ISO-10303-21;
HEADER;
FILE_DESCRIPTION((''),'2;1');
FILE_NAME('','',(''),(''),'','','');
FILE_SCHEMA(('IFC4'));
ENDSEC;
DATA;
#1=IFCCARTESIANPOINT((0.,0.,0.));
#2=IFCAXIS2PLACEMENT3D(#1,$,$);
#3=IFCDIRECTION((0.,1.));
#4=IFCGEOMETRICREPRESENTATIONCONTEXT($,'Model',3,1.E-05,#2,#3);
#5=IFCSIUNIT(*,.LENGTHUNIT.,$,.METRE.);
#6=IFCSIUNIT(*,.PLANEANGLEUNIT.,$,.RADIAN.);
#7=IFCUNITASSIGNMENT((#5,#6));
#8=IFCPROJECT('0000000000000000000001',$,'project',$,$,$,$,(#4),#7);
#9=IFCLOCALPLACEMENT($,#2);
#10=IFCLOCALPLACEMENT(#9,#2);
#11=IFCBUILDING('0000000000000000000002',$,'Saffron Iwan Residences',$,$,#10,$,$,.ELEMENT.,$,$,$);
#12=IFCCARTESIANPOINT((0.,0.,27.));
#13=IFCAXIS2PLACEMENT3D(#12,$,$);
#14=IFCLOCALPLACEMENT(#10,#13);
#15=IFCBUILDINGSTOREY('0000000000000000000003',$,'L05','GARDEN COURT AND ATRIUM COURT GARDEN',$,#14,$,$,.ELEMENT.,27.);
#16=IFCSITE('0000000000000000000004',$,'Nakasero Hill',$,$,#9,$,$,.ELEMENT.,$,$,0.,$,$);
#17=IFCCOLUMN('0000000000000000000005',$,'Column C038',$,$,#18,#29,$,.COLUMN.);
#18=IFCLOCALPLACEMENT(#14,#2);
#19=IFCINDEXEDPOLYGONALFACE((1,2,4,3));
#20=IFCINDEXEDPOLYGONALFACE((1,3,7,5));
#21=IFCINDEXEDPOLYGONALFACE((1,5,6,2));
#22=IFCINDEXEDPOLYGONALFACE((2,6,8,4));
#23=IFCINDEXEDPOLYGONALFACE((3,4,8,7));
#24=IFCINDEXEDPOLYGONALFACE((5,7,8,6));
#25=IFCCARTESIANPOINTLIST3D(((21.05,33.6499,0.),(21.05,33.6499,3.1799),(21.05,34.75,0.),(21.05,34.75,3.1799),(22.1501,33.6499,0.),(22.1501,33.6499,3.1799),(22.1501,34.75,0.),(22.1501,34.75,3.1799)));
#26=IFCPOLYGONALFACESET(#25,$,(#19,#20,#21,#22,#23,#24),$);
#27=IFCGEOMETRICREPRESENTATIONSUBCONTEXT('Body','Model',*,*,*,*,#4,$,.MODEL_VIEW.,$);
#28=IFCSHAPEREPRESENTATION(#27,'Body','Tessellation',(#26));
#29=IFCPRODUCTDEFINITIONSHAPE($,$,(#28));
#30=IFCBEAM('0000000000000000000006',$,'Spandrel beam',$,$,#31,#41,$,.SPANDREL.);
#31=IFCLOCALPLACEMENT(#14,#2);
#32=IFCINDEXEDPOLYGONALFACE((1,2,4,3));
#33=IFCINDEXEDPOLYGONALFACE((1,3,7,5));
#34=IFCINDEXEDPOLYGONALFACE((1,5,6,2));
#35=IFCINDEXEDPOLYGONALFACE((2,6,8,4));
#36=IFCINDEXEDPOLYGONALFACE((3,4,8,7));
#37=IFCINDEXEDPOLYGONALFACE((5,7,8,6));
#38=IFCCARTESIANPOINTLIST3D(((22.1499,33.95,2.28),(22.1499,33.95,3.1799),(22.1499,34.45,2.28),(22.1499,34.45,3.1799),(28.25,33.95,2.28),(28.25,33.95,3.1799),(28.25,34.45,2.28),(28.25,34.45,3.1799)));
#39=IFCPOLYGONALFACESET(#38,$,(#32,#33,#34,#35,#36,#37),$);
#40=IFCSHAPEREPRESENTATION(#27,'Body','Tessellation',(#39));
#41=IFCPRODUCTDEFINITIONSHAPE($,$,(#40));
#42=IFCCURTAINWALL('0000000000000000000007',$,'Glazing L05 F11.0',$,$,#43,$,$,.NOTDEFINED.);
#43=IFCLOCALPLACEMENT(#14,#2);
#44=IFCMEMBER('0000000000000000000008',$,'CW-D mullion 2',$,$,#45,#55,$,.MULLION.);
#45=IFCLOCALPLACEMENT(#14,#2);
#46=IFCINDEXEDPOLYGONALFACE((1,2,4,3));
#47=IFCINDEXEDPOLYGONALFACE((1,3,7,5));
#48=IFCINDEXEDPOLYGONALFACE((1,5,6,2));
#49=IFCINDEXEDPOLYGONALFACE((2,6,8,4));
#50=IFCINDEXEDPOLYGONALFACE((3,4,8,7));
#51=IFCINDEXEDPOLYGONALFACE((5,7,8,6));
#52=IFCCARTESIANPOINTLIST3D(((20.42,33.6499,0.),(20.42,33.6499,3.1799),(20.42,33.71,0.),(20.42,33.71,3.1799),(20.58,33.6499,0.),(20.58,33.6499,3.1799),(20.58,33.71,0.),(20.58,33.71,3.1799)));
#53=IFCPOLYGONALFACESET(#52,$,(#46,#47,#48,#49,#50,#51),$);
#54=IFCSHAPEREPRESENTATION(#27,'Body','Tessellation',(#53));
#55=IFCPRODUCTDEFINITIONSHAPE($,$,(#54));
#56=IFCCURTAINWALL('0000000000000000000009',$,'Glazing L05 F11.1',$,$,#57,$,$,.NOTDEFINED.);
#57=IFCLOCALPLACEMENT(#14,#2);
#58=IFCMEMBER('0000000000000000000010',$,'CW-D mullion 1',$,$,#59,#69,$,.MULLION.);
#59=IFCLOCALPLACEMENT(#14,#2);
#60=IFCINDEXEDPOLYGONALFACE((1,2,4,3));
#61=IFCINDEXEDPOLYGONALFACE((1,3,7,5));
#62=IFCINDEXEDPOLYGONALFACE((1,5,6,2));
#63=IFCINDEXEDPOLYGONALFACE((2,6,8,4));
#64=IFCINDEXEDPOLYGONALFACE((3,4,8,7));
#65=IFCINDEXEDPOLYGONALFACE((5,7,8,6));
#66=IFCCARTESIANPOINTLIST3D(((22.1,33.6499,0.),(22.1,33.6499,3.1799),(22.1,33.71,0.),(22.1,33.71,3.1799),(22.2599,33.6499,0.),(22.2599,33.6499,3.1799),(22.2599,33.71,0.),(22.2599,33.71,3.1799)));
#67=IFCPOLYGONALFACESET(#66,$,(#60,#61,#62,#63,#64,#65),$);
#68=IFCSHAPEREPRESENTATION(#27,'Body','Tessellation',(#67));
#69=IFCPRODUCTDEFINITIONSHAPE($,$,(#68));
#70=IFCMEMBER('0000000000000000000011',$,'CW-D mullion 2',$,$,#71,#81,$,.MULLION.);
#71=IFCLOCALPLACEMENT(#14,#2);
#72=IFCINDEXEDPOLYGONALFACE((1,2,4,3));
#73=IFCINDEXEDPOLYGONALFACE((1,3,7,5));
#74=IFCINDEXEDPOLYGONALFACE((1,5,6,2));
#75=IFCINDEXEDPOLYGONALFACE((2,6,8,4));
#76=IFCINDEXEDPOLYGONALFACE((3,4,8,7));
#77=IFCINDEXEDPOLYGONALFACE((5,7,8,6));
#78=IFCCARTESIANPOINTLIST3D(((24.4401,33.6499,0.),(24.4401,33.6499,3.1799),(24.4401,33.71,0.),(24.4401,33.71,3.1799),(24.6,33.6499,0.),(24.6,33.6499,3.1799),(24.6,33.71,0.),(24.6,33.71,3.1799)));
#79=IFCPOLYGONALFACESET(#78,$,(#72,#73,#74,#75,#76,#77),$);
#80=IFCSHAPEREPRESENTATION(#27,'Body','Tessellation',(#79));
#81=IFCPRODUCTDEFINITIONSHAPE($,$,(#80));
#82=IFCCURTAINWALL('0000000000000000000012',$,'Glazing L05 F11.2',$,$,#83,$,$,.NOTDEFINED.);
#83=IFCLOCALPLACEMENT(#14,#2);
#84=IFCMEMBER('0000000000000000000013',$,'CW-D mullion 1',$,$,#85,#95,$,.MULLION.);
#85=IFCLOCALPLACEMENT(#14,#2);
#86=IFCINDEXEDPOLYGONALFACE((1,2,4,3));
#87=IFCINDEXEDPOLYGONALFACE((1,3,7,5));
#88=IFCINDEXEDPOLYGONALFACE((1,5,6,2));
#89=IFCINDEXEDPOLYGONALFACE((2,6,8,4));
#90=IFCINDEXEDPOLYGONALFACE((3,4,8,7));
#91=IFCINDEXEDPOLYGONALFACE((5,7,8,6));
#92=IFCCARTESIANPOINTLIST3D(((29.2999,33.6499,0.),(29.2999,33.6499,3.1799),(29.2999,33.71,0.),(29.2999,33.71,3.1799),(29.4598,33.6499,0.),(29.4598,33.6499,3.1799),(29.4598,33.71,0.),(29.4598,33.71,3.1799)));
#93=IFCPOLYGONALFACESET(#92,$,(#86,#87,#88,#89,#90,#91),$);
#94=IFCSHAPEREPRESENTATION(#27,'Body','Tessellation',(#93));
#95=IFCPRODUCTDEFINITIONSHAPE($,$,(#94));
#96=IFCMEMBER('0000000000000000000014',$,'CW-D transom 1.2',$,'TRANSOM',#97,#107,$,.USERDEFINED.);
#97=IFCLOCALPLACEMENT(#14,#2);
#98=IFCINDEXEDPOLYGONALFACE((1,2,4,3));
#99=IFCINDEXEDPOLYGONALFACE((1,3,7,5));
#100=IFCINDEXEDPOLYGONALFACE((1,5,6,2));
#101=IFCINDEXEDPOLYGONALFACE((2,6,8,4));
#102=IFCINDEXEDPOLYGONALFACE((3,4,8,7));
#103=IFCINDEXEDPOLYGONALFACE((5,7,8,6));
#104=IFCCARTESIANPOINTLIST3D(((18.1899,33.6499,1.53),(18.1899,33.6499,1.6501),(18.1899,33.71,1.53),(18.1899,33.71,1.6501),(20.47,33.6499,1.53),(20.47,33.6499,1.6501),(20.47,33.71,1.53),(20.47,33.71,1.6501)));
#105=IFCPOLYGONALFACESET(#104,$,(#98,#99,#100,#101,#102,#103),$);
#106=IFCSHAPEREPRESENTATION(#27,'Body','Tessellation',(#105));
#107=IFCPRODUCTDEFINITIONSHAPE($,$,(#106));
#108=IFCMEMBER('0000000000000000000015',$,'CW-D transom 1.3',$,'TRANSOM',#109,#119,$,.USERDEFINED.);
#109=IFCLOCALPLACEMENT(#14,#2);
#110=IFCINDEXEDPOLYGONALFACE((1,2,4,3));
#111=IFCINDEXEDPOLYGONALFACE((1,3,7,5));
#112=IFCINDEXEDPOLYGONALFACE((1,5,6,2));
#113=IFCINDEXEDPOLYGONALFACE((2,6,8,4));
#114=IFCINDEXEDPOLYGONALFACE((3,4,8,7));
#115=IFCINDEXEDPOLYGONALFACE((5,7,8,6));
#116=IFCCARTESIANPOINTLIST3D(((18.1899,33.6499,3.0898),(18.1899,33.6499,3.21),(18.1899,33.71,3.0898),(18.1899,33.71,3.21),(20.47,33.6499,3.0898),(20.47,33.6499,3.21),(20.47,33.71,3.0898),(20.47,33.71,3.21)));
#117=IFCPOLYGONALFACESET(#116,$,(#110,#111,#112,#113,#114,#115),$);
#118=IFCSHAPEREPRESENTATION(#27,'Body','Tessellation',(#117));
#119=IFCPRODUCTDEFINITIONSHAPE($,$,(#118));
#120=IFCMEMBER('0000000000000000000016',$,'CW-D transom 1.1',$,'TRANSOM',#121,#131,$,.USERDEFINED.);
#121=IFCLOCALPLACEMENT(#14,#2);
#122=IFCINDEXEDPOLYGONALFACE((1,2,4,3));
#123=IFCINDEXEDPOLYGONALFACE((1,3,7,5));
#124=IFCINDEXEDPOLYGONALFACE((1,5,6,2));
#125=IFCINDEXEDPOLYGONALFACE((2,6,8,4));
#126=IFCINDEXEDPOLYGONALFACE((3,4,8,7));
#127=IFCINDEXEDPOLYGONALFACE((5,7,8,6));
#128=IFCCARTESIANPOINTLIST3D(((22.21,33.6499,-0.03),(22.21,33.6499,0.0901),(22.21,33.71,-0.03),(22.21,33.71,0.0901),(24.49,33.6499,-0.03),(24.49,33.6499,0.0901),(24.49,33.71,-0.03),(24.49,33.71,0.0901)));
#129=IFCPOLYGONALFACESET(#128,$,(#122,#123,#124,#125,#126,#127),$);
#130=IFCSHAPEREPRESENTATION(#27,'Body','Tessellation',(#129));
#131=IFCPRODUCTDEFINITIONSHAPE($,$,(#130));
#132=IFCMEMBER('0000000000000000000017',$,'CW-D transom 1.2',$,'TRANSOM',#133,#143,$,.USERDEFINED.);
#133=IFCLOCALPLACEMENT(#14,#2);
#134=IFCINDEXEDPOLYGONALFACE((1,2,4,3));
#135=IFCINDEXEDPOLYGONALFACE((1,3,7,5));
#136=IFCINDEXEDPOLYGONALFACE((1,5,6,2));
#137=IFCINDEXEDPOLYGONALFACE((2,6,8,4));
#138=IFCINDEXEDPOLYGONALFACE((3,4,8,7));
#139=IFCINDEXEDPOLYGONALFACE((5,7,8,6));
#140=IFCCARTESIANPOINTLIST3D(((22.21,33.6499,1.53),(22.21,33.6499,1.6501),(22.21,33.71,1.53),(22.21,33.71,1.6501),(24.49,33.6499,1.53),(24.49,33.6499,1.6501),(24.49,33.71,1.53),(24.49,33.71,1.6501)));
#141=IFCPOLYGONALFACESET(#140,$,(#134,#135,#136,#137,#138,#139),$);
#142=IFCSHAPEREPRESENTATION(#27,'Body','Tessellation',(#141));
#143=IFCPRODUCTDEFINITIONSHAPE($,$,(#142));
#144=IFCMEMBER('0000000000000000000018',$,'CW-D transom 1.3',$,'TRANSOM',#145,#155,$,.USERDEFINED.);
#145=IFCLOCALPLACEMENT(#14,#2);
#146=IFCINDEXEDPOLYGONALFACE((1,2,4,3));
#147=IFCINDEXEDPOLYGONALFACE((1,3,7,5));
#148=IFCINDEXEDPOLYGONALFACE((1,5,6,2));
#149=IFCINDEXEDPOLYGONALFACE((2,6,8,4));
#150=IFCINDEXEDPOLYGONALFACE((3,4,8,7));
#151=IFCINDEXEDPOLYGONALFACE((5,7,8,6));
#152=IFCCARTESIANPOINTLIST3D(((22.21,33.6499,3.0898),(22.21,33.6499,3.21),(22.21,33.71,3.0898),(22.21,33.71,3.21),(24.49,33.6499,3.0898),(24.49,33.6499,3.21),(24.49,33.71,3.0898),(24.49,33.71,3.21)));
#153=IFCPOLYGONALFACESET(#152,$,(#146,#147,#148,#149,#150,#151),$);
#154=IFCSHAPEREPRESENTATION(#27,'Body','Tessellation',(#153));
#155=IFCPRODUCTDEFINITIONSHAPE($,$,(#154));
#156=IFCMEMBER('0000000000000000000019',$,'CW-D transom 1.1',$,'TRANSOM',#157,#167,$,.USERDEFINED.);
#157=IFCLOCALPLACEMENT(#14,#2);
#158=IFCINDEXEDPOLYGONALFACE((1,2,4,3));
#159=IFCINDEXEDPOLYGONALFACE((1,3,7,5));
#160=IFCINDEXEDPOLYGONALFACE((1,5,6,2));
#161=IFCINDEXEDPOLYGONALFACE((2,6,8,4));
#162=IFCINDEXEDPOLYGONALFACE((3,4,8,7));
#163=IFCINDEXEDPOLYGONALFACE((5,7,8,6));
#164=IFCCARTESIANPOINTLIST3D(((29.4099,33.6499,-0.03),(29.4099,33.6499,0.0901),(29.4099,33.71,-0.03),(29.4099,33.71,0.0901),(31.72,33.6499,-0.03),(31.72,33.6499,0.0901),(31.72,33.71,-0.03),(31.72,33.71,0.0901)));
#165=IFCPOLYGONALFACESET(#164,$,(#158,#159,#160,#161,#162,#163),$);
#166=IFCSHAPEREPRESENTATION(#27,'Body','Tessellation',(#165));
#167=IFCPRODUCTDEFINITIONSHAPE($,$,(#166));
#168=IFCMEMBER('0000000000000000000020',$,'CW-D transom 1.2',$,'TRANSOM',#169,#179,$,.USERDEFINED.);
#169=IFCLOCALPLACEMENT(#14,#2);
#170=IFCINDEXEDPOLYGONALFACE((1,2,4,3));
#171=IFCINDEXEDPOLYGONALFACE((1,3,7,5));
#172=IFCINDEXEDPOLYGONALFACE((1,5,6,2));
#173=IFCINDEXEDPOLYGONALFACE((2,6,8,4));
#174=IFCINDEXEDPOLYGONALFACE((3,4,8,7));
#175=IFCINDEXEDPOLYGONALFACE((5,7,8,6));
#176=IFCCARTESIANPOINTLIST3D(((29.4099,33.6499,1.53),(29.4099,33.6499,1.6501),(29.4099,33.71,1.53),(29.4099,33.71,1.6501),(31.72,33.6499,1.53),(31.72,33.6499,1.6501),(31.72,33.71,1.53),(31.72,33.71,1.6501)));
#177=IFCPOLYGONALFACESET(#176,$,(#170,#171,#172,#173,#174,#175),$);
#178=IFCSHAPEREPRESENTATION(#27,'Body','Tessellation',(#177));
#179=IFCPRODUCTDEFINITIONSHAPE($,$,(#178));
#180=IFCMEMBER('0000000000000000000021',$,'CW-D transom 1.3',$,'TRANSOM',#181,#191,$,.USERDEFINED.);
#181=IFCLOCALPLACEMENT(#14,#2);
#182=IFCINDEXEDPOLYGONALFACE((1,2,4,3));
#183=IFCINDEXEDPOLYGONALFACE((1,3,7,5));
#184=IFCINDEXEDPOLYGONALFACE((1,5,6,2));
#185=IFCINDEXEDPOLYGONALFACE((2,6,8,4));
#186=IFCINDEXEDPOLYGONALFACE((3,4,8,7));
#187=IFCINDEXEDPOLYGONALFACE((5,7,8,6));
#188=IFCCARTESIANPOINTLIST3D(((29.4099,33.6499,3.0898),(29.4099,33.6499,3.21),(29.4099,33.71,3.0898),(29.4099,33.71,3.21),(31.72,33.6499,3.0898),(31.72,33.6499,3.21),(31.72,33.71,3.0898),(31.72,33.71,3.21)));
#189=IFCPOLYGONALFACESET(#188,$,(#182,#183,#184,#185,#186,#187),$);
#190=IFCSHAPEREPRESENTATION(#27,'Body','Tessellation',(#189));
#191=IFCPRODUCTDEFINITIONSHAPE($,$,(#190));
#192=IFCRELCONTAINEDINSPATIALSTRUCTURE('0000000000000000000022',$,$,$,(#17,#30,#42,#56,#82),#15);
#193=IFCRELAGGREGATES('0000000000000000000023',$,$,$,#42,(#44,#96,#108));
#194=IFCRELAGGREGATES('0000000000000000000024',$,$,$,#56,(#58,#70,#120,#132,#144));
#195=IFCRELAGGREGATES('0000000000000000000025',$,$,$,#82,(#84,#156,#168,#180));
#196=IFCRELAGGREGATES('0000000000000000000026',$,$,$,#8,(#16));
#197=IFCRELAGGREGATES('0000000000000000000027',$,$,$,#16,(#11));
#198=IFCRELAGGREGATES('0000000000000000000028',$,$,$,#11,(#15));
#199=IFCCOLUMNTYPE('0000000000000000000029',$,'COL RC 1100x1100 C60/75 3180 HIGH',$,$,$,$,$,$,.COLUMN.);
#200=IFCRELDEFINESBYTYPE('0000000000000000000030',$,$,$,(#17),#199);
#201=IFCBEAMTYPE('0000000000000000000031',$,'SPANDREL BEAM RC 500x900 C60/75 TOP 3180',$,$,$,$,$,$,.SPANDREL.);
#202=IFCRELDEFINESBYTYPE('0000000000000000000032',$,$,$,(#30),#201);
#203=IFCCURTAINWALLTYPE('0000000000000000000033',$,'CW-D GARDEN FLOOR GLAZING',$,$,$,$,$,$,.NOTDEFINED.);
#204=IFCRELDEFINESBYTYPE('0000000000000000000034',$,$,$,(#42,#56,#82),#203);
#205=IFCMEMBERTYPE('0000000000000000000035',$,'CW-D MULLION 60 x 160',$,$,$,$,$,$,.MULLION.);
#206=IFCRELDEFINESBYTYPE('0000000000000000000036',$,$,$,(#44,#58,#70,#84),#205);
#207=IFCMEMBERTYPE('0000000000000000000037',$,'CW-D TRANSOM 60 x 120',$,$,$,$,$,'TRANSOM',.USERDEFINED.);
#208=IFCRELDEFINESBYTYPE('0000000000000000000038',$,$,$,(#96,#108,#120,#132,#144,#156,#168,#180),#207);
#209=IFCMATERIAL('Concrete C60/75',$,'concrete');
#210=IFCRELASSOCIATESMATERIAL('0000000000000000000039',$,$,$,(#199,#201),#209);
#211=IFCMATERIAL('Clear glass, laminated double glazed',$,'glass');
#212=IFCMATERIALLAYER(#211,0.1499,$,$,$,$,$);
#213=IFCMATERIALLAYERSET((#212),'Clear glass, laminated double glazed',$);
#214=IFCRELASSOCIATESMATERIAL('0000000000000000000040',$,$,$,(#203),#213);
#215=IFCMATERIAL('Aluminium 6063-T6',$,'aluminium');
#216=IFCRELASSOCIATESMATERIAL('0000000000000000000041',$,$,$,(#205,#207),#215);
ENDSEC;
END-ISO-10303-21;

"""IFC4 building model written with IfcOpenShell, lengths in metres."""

from ifc_helpers import new_model, si_unit, direction, frame, origin, origin_2d, place, context, subcontext, project, spatial, rectangle, extrude, source, transform, mapped, material, layer, layer_set, material_profile, profile_set, type_object, element, aggregate, save


model = new_model("IFC4")

# Units and contexts
model_context = context("Model", 3, precision=1e-05, world=origin(), true_north=direction((0.0, 1.0)))
body_context = subcontext(model_context, "Body", "Model", "MODEL_VIEW")
ifc_project = project(units=[si_unit("LENGTHUNIT", "METRE"), si_unit("PLANEANGLEUNIT", "RADIAN")], contexts=[model_context])

# Site, building, storey
site_placement = place(None, origin())
site = spatial("IfcSite", under=ifc_project, at=site_placement, Name="Nakasero Hill", CompositionType="ELEMENT", RefElevation=0.0)
building_placement = place(site_placement, origin())
building = spatial("IfcBuilding", under=site, at=building_placement, Name="Saffron Iwan Residences", CompositionType="ELEMENT")
storey_placement = place(building_placement, frame((0.0, 0.0, 27.0)))
storey = spatial("IfcBuildingStorey", under=building, at=storey_placement, Name="L05", Description="GARDEN COURT AND ATRIUM COURT GARDEN", CompositionType="ELEMENT", Elevation=27.0)

# Column
ifc_material_1 = material(Name="Concrete C60/75", Category="concrete")
ifc_material_profile_1 = material_profile(ifc_material_1, rectangle(XDim=1.1001, YDim=1.1001, at=origin_2d()), Name="RC 1100x1100")
ifc_profile_set_1 = profile_set([ifc_material_profile_1], Name="Concrete C60/75")
column_type = type_object("IfcColumnType", Name="COL RC 1100x1100 C60/75 3180 HIGH", PredefinedType="COLUMN", material=ifc_profile_set_1)
shared_shape_1 = source(origin(), body_context, "Body", "SweptSolid", [
    extrude(rectangle(XDim=1.1001, YDim=1.1001, at=origin_2d()), origin(), (0.0, 0.0, 1.0), 3.1799),
])
column_placement = place(storey_placement, frame((21.6001, 34.2, 0.0), z_axis=(0.0, 0.0, 1.0), x_axis=(1.0, 0.0, 0.0)))
element("IfcColumn", 1, at=column_placement, inside=storey, type_object=column_type, Name="Column C038", PredefinedType="COLUMN", context=body_context, shape_type="MappedRepresentation", body=[
    mapped(shared_shape_1, transform((0.0, 0.0, 0.0))),
])

# Beam
ifc_material_profile_2 = material_profile(ifc_material_1, rectangle(XDim=0.5, YDim=0.8999, at=origin_2d()), Name="RC 500x900")
ifc_profile_set_2 = profile_set([ifc_material_profile_2], Name="Concrete C60/75")
beam_type = type_object("IfcBeamType", Name="SPANDREL BEAM RC 500x900 C60/75 TOP 3180", PredefinedType="SPANDREL", material=ifc_profile_set_2)
shared_shape_2 = source(origin(), body_context, "Body", "SweptSolid", [
    extrude(rectangle(XDim=0.5, YDim=0.8999, at=origin_2d()), origin(), (0.0, 0.0, 1.0), 6.1001),
])
beam_placement = place(storey_placement, frame((28.25, 34.2, 2.73), z_axis=(-1.0, 0.0, 0.0), x_axis=(0.0, -1.0, 0.0)))
element("IfcBeam", 2, at=beam_placement, inside=storey, type_object=beam_type, Name="Spandrel beam", PredefinedType="SPANDREL", context=body_context, shape_type="MappedRepresentation", body=[
    mapped(shared_shape_2, transform((0.0, 0.0, 0.0))),
])

# Curtain wall, member
ifc_material_2 = material(Name="Clear glass, laminated double glazed", Category="glass")
ifc_layer_1 = layer(ifc_material_2, 0.1499)
ifc_layer_set_1 = layer_set([ifc_layer_1], Name="Clear glass, laminated double glazed")
curtain_wall_type = type_object("IfcCurtainWallType", Name="CW-D GARDEN FLOOR GLAZING", PredefinedType="NOTDEFINED", material=ifc_layer_set_1)
curtain_wall_1_placement = place(storey_placement, origin())
curtain_wall_1 = element("IfcCurtainWall", 3, at=curtain_wall_1_placement, inside=storey, type_object=curtain_wall_type, Name="Glazing L05 F11.0", PredefinedType="NOTDEFINED")
ifc_material_3 = material(Name="Aluminium 6063-T6", Category="aluminium")
ifc_material_profile_3 = material_profile(ifc_material_3, rectangle(XDim=0.0601, YDim=0.1599, at=origin_2d()), Name="CW-D MULLION 60 x 160")
ifc_profile_set_3 = profile_set([ifc_material_profile_3], Name="Aluminium 6063-T6")
member_type_1 = type_object("IfcMemberType", Name="CW-D MULLION 60 x 160", PredefinedType="MULLION", material=ifc_profile_set_3)
shared_shape_3 = source(origin(), body_context, "Body", "SweptSolid", [
    extrude(rectangle(XDim=0.0601, YDim=0.1599, at=origin_2d()), origin(), (0.0, 0.0, 1.0), 3.1799),
])
member_1_placement = place(storey_placement, frame((20.5, 33.6799, 0.0), z_axis=(0.0, 0.0, 1.0), x_axis=(0.0, 1.0, 0.0)))
member_1 = element("IfcMember", 4, at=member_1_placement, type_object=member_type_1, Name="CW-D mullion 2", PredefinedType="MULLION", context=body_context, shape_type="MappedRepresentation", body=[
    mapped(shared_shape_3, transform((0.0, 0.0, 0.0))),
])

# Curtain wall, members
curtain_wall_2_placement = place(storey_placement, origin())
curtain_wall_2 = element("IfcCurtainWall", 5, at=curtain_wall_2_placement, inside=storey, type_object=curtain_wall_type, Name="Glazing L05 F11.1", PredefinedType="NOTDEFINED")
member_2_placement = place(storey_placement, frame((22.1799, 33.6799, 0.0), z_axis=(0.0, 0.0, 1.0), x_axis=(0.0, 1.0, 0.0)))
member_2 = element("IfcMember", 6, at=member_2_placement, type_object=member_type_1, Name="CW-D mullion 1", PredefinedType="MULLION", context=body_context, shape_type="MappedRepresentation", body=[
    mapped(shared_shape_3, transform((0.0, 0.0, 0.0))),
])
member_3_placement = place(storey_placement, frame((24.52, 33.6799, 0.0), z_axis=(0.0, 0.0, 1.0), x_axis=(0.0, 1.0, 0.0)))
member_3 = element("IfcMember", 7, at=member_3_placement, type_object=member_type_1, Name="CW-D mullion 2", PredefinedType="MULLION", context=body_context, shape_type="MappedRepresentation", body=[
    mapped(shared_shape_3, transform((0.0, 0.0, 0.0))),
])

# Curtain wall, member
curtain_wall_3_placement = place(storey_placement, origin())
curtain_wall_3 = element("IfcCurtainWall", 8, at=curtain_wall_3_placement, inside=storey, type_object=curtain_wall_type, Name="Glazing L05 F11.2", PredefinedType="NOTDEFINED")
member_4_placement = place(storey_placement, frame((29.3799, 33.6799, 0.0), z_axis=(0.0, 0.0, 1.0), x_axis=(0.0, 1.0, 0.0)))
member_4 = element("IfcMember", 9, at=member_4_placement, type_object=member_type_1, Name="CW-D mullion 1", PredefinedType="MULLION", context=body_context, shape_type="MappedRepresentation", body=[
    mapped(shared_shape_3, transform((0.0, 0.0, 0.0))),
])

# Members
ifc_material_profile_4 = material_profile(ifc_material_3, rectangle(XDim=0.0601, YDim=0.1201, at=origin_2d()), Name="CW-D TRANSOM 60 x 120")
ifc_profile_set_4 = profile_set([ifc_material_profile_4], Name="Aluminium 6063-T6")
member_type_2 = type_object("IfcMemberType", Name="CW-D TRANSOM 60 x 120", ElementType="TRANSOM", PredefinedType="USERDEFINED", material=ifc_profile_set_4)
shared_shape_4 = source(origin(), body_context, "Body", "SweptSolid", [
    extrude(rectangle(XDim=0.0601, YDim=0.1201, at=origin_2d()), origin(), (0.0, 0.0, 1.0), 2.28),
])
member_5_placement = place(storey_placement, frame((18.1899, 33.6799, 1.5901), z_axis=(1.0, 0.0, 0.0), x_axis=(0.0, 1.0, 0.0)))
member_5 = element("IfcMember", 10, at=member_5_placement, type_object=member_type_2, Name="CW-D transom 1.2", ObjectType="TRANSOM", PredefinedType="USERDEFINED", context=body_context, shape_type="MappedRepresentation", body=[
    mapped(shared_shape_4, transform((0.0, 0.0, 0.0))),
])
member_6_placement = place(storey_placement, frame((18.1899, 33.6799, 3.1499), z_axis=(1.0, 0.0, 0.0), x_axis=(0.0, 1.0, 0.0)))
member_6 = element("IfcMember", 11, at=member_6_placement, type_object=member_type_2, Name="CW-D transom 1.3", ObjectType="TRANSOM", PredefinedType="USERDEFINED", context=body_context, shape_type="MappedRepresentation", body=[
    mapped(shared_shape_4, transform((0.0, 0.0, 0.0))),
])
member_7_placement = place(storey_placement, frame((22.21, 33.6799, 0.03), z_axis=(1.0, 0.0, 0.0), x_axis=(0.0, 1.0, 0.0)))
member_7 = element("IfcMember", 12, at=member_7_placement, type_object=member_type_2, Name="CW-D transom 1.1", ObjectType="TRANSOM", PredefinedType="USERDEFINED", context=body_context, shape_type="MappedRepresentation", body=[
    mapped(shared_shape_4, transform((0.0, 0.0, 0.0))),
])
member_8_placement = place(storey_placement, frame((22.21, 33.6799, 1.5901), z_axis=(1.0, 0.0, 0.0), x_axis=(0.0, 1.0, 0.0)))
member_8 = element("IfcMember", 13, at=member_8_placement, type_object=member_type_2, Name="CW-D transom 1.2", ObjectType="TRANSOM", PredefinedType="USERDEFINED", context=body_context, shape_type="MappedRepresentation", body=[
    mapped(shared_shape_4, transform((0.0, 0.0, 0.0))),
])
member_9_placement = place(storey_placement, frame((22.21, 33.6799, 3.1499), z_axis=(1.0, 0.0, 0.0), x_axis=(0.0, 1.0, 0.0)))
member_9 = element("IfcMember", 14, at=member_9_placement, type_object=member_type_2, Name="CW-D transom 1.3", ObjectType="TRANSOM", PredefinedType="USERDEFINED", context=body_context, shape_type="MappedRepresentation", body=[
    mapped(shared_shape_4, transform((0.0, 0.0, 0.0))),
])
shared_shape_5 = source(origin(), body_context, "Body", "SweptSolid", [
    extrude(rectangle(XDim=0.0601, YDim=0.1201, at=origin_2d()), origin(), (0.0, 0.0, 1.0), 2.3101),
])
member_10_placement = place(storey_placement, frame((29.4099, 33.6799, 0.03), z_axis=(1.0, 0.0, 0.0), x_axis=(0.0, 1.0, 0.0)))
member_10 = element("IfcMember", 15, at=member_10_placement, type_object=member_type_2, Name="CW-D transom 1.1", ObjectType="TRANSOM", PredefinedType="USERDEFINED", context=body_context, shape_type="MappedRepresentation", body=[
    mapped(shared_shape_5, transform((0.0, 0.0, 0.0))),
])
member_11_placement = place(storey_placement, frame((29.4099, 33.6799, 1.5901), z_axis=(1.0, 0.0, 0.0), x_axis=(0.0, 1.0, 0.0)))
member_11 = element("IfcMember", 16, at=member_11_placement, type_object=member_type_2, Name="CW-D transom 1.2", ObjectType="TRANSOM", PredefinedType="USERDEFINED", context=body_context, shape_type="MappedRepresentation", body=[
    mapped(shared_shape_5, transform((0.0, 0.0, 0.0))),
])
member_12_placement = place(storey_placement, frame((29.4099, 33.6799, 3.1499), z_axis=(1.0, 0.0, 0.0), x_axis=(0.0, 1.0, 0.0)))
member_12 = element("IfcMember", 17, at=member_12_placement, type_object=member_type_2, Name="CW-D transom 1.3", ObjectType="TRANSOM", PredefinedType="USERDEFINED", context=body_context, shape_type="MappedRepresentation", body=[
    mapped(shared_shape_5, transform((0.0, 0.0, 0.0))),
])

aggregate(curtain_wall_1, [member_1, member_5, member_6])
aggregate(curtain_wall_2, [member_2, member_3, member_7, member_8, member_9])
aggregate(curtain_wall_3, [member_4, member_10, member_11, member_12])

save(model, "model.ifc")
